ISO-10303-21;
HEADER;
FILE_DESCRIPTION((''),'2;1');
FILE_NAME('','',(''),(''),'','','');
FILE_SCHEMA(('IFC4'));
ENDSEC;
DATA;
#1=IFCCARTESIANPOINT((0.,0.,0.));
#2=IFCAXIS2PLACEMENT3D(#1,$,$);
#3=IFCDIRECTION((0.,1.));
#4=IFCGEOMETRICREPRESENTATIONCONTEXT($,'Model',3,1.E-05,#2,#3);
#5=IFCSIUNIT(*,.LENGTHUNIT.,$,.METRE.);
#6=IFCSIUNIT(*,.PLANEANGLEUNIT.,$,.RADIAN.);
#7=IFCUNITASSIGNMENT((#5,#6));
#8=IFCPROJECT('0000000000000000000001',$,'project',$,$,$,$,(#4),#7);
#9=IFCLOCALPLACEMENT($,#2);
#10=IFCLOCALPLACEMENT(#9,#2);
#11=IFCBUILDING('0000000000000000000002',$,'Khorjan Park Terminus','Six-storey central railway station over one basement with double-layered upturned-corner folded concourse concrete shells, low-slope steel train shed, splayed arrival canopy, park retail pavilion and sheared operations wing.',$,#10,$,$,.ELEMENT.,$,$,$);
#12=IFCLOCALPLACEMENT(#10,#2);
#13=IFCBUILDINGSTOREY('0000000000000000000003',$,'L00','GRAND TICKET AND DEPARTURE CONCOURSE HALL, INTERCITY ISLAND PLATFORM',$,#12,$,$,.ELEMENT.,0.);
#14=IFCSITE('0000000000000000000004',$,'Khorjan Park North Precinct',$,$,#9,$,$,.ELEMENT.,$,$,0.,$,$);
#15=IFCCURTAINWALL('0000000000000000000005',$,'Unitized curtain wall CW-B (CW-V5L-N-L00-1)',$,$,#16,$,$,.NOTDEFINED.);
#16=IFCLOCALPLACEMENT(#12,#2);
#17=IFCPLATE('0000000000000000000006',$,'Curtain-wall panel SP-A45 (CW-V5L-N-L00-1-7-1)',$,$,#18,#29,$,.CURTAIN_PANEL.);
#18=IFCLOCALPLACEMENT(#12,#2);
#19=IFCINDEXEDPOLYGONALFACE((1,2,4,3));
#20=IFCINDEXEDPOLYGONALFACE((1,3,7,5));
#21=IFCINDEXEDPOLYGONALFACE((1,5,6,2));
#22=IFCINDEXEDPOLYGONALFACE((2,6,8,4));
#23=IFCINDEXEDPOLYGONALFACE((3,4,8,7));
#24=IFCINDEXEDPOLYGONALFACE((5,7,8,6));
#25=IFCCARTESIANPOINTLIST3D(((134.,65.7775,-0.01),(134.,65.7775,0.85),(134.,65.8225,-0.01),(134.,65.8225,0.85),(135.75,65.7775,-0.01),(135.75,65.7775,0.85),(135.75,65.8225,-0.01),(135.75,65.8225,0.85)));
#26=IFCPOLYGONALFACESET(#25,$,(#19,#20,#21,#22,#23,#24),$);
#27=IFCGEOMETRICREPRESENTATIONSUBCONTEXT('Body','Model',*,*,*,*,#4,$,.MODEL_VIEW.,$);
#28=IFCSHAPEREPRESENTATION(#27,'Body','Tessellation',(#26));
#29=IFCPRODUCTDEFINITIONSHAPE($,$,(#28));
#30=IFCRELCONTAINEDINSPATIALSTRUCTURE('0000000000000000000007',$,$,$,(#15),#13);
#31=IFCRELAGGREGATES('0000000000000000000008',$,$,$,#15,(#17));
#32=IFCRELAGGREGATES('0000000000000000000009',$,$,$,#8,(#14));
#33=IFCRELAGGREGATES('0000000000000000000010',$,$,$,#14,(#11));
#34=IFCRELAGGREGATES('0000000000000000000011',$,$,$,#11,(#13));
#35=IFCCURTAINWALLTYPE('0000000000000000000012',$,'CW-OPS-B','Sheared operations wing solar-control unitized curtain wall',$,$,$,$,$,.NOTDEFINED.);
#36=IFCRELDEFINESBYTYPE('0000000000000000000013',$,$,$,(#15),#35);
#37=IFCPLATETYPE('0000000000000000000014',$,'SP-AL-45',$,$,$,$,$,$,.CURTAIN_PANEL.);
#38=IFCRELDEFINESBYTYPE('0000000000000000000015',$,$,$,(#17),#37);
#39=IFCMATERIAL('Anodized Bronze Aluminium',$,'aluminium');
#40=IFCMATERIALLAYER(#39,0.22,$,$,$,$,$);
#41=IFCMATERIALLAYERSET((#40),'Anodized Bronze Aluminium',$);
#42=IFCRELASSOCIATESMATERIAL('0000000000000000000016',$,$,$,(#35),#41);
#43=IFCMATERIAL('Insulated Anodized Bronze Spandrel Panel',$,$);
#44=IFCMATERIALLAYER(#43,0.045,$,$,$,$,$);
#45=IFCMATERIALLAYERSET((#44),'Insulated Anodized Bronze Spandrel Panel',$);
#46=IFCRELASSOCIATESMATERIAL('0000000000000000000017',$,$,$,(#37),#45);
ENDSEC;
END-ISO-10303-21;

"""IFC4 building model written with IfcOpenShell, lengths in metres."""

from ifc_helpers import new_model, si_unit, direction, frame, origin, origin_2d, place, context, subcontext, project, spatial, rectangle, extrude, material, layer, layer_set, type_object, element, aggregate, save


model = new_model("IFC4")

# Units and contexts
model_context = context("Model", 3, precision=1e-05, world=origin(), true_north=direction((0.0, 1.0)))
body_context = subcontext(model_context, "Body", "Model", "MODEL_VIEW")
ifc_project = project(units=[si_unit("LENGTHUNIT", "METRE"), si_unit("PLANEANGLEUNIT", "RADIAN")], contexts=[model_context])

# Site, building, storey
site_placement = place(None, origin())
site = spatial("IfcSite", under=ifc_project, at=site_placement, Name="Khorjan Park North Precinct", CompositionType="ELEMENT", RefElevation=0.0)
building_placement = place(site_placement, origin())
building = spatial("IfcBuilding", under=site, at=building_placement, Name="Khorjan Park Terminus", Description="Six-storey central railway station over one basement with double-layered upturned-corner folded concourse concrete shells, low-slope steel train shed, splayed arrival canopy, park retail pavilion and sheared operations wing.", CompositionType="ELEMENT")
storey_placement = place(building_placement, origin())
storey = spatial("IfcBuildingStorey", under=building, at=storey_placement, Name="L00", Description="GRAND TICKET AND DEPARTURE CONCOURSE HALL, INTERCITY ISLAND PLATFORM", CompositionType="ELEMENT", Elevation=0.0)

# Curtain wall
ifc_material_1 = material(Name="Anodized Bronze Aluminium", Category="aluminium")
ifc_layer_1 = layer(ifc_material_1, 0.22)
ifc_layer_set_1 = layer_set([ifc_layer_1], Name="Anodized Bronze Aluminium")
curtain_wall_type_1 = type_object("IfcCurtainWallType", Name="CW-OPS-B", Description="Sheared operations wing solar-control unitized curtain wall", PredefinedType="NOTDEFINED", material=ifc_layer_set_1)
curtain_wall_1_placement = place(storey_placement, origin())
curtain_wall_1 = element("IfcCurtainWall", 1, at=curtain_wall_1_placement, inside=storey, type_object=curtain_wall_type_1, Name="Unitized curtain wall CW-B (CW-V5L-N-L00-1)", PredefinedType="NOTDEFINED")

# Plate
ifc_material_2 = material(Name="Insulated Anodized Bronze Spandrel Panel")
ifc_layer_2 = layer(ifc_material_2, 0.045)
ifc_layer_set_2 = layer_set([ifc_layer_2], Name="Insulated Anodized Bronze Spandrel Panel")
plate_type_1 = type_object("IfcPlateType", Name="SP-AL-45", PredefinedType="CURTAIN_PANEL", material=ifc_layer_set_2)
plate_1_placement = place(storey_placement, frame((134.875, 65.8, -0.01), z_axis=(0.0, 0.0, 1.0), x_axis=(-1.0, 0.0, 0.0)))
plate_1 = element("IfcPlate", 2, at=plate_1_placement, type_object=plate_type_1, Name="Curtain-wall panel SP-A45 (CW-V5L-N-L00-1-7-1)", PredefinedType="CURTAIN_PANEL", context=body_context, shape_type="SweptSolid", body=[
    extrude(rectangle(XDim=1.75, YDim=0.045, at=origin_2d()), origin(), (0.0, 0.0, 1.0), 0.86),
])
aggregate(curtain_wall_1, [plate_1])

save(model, "model.ifc")
